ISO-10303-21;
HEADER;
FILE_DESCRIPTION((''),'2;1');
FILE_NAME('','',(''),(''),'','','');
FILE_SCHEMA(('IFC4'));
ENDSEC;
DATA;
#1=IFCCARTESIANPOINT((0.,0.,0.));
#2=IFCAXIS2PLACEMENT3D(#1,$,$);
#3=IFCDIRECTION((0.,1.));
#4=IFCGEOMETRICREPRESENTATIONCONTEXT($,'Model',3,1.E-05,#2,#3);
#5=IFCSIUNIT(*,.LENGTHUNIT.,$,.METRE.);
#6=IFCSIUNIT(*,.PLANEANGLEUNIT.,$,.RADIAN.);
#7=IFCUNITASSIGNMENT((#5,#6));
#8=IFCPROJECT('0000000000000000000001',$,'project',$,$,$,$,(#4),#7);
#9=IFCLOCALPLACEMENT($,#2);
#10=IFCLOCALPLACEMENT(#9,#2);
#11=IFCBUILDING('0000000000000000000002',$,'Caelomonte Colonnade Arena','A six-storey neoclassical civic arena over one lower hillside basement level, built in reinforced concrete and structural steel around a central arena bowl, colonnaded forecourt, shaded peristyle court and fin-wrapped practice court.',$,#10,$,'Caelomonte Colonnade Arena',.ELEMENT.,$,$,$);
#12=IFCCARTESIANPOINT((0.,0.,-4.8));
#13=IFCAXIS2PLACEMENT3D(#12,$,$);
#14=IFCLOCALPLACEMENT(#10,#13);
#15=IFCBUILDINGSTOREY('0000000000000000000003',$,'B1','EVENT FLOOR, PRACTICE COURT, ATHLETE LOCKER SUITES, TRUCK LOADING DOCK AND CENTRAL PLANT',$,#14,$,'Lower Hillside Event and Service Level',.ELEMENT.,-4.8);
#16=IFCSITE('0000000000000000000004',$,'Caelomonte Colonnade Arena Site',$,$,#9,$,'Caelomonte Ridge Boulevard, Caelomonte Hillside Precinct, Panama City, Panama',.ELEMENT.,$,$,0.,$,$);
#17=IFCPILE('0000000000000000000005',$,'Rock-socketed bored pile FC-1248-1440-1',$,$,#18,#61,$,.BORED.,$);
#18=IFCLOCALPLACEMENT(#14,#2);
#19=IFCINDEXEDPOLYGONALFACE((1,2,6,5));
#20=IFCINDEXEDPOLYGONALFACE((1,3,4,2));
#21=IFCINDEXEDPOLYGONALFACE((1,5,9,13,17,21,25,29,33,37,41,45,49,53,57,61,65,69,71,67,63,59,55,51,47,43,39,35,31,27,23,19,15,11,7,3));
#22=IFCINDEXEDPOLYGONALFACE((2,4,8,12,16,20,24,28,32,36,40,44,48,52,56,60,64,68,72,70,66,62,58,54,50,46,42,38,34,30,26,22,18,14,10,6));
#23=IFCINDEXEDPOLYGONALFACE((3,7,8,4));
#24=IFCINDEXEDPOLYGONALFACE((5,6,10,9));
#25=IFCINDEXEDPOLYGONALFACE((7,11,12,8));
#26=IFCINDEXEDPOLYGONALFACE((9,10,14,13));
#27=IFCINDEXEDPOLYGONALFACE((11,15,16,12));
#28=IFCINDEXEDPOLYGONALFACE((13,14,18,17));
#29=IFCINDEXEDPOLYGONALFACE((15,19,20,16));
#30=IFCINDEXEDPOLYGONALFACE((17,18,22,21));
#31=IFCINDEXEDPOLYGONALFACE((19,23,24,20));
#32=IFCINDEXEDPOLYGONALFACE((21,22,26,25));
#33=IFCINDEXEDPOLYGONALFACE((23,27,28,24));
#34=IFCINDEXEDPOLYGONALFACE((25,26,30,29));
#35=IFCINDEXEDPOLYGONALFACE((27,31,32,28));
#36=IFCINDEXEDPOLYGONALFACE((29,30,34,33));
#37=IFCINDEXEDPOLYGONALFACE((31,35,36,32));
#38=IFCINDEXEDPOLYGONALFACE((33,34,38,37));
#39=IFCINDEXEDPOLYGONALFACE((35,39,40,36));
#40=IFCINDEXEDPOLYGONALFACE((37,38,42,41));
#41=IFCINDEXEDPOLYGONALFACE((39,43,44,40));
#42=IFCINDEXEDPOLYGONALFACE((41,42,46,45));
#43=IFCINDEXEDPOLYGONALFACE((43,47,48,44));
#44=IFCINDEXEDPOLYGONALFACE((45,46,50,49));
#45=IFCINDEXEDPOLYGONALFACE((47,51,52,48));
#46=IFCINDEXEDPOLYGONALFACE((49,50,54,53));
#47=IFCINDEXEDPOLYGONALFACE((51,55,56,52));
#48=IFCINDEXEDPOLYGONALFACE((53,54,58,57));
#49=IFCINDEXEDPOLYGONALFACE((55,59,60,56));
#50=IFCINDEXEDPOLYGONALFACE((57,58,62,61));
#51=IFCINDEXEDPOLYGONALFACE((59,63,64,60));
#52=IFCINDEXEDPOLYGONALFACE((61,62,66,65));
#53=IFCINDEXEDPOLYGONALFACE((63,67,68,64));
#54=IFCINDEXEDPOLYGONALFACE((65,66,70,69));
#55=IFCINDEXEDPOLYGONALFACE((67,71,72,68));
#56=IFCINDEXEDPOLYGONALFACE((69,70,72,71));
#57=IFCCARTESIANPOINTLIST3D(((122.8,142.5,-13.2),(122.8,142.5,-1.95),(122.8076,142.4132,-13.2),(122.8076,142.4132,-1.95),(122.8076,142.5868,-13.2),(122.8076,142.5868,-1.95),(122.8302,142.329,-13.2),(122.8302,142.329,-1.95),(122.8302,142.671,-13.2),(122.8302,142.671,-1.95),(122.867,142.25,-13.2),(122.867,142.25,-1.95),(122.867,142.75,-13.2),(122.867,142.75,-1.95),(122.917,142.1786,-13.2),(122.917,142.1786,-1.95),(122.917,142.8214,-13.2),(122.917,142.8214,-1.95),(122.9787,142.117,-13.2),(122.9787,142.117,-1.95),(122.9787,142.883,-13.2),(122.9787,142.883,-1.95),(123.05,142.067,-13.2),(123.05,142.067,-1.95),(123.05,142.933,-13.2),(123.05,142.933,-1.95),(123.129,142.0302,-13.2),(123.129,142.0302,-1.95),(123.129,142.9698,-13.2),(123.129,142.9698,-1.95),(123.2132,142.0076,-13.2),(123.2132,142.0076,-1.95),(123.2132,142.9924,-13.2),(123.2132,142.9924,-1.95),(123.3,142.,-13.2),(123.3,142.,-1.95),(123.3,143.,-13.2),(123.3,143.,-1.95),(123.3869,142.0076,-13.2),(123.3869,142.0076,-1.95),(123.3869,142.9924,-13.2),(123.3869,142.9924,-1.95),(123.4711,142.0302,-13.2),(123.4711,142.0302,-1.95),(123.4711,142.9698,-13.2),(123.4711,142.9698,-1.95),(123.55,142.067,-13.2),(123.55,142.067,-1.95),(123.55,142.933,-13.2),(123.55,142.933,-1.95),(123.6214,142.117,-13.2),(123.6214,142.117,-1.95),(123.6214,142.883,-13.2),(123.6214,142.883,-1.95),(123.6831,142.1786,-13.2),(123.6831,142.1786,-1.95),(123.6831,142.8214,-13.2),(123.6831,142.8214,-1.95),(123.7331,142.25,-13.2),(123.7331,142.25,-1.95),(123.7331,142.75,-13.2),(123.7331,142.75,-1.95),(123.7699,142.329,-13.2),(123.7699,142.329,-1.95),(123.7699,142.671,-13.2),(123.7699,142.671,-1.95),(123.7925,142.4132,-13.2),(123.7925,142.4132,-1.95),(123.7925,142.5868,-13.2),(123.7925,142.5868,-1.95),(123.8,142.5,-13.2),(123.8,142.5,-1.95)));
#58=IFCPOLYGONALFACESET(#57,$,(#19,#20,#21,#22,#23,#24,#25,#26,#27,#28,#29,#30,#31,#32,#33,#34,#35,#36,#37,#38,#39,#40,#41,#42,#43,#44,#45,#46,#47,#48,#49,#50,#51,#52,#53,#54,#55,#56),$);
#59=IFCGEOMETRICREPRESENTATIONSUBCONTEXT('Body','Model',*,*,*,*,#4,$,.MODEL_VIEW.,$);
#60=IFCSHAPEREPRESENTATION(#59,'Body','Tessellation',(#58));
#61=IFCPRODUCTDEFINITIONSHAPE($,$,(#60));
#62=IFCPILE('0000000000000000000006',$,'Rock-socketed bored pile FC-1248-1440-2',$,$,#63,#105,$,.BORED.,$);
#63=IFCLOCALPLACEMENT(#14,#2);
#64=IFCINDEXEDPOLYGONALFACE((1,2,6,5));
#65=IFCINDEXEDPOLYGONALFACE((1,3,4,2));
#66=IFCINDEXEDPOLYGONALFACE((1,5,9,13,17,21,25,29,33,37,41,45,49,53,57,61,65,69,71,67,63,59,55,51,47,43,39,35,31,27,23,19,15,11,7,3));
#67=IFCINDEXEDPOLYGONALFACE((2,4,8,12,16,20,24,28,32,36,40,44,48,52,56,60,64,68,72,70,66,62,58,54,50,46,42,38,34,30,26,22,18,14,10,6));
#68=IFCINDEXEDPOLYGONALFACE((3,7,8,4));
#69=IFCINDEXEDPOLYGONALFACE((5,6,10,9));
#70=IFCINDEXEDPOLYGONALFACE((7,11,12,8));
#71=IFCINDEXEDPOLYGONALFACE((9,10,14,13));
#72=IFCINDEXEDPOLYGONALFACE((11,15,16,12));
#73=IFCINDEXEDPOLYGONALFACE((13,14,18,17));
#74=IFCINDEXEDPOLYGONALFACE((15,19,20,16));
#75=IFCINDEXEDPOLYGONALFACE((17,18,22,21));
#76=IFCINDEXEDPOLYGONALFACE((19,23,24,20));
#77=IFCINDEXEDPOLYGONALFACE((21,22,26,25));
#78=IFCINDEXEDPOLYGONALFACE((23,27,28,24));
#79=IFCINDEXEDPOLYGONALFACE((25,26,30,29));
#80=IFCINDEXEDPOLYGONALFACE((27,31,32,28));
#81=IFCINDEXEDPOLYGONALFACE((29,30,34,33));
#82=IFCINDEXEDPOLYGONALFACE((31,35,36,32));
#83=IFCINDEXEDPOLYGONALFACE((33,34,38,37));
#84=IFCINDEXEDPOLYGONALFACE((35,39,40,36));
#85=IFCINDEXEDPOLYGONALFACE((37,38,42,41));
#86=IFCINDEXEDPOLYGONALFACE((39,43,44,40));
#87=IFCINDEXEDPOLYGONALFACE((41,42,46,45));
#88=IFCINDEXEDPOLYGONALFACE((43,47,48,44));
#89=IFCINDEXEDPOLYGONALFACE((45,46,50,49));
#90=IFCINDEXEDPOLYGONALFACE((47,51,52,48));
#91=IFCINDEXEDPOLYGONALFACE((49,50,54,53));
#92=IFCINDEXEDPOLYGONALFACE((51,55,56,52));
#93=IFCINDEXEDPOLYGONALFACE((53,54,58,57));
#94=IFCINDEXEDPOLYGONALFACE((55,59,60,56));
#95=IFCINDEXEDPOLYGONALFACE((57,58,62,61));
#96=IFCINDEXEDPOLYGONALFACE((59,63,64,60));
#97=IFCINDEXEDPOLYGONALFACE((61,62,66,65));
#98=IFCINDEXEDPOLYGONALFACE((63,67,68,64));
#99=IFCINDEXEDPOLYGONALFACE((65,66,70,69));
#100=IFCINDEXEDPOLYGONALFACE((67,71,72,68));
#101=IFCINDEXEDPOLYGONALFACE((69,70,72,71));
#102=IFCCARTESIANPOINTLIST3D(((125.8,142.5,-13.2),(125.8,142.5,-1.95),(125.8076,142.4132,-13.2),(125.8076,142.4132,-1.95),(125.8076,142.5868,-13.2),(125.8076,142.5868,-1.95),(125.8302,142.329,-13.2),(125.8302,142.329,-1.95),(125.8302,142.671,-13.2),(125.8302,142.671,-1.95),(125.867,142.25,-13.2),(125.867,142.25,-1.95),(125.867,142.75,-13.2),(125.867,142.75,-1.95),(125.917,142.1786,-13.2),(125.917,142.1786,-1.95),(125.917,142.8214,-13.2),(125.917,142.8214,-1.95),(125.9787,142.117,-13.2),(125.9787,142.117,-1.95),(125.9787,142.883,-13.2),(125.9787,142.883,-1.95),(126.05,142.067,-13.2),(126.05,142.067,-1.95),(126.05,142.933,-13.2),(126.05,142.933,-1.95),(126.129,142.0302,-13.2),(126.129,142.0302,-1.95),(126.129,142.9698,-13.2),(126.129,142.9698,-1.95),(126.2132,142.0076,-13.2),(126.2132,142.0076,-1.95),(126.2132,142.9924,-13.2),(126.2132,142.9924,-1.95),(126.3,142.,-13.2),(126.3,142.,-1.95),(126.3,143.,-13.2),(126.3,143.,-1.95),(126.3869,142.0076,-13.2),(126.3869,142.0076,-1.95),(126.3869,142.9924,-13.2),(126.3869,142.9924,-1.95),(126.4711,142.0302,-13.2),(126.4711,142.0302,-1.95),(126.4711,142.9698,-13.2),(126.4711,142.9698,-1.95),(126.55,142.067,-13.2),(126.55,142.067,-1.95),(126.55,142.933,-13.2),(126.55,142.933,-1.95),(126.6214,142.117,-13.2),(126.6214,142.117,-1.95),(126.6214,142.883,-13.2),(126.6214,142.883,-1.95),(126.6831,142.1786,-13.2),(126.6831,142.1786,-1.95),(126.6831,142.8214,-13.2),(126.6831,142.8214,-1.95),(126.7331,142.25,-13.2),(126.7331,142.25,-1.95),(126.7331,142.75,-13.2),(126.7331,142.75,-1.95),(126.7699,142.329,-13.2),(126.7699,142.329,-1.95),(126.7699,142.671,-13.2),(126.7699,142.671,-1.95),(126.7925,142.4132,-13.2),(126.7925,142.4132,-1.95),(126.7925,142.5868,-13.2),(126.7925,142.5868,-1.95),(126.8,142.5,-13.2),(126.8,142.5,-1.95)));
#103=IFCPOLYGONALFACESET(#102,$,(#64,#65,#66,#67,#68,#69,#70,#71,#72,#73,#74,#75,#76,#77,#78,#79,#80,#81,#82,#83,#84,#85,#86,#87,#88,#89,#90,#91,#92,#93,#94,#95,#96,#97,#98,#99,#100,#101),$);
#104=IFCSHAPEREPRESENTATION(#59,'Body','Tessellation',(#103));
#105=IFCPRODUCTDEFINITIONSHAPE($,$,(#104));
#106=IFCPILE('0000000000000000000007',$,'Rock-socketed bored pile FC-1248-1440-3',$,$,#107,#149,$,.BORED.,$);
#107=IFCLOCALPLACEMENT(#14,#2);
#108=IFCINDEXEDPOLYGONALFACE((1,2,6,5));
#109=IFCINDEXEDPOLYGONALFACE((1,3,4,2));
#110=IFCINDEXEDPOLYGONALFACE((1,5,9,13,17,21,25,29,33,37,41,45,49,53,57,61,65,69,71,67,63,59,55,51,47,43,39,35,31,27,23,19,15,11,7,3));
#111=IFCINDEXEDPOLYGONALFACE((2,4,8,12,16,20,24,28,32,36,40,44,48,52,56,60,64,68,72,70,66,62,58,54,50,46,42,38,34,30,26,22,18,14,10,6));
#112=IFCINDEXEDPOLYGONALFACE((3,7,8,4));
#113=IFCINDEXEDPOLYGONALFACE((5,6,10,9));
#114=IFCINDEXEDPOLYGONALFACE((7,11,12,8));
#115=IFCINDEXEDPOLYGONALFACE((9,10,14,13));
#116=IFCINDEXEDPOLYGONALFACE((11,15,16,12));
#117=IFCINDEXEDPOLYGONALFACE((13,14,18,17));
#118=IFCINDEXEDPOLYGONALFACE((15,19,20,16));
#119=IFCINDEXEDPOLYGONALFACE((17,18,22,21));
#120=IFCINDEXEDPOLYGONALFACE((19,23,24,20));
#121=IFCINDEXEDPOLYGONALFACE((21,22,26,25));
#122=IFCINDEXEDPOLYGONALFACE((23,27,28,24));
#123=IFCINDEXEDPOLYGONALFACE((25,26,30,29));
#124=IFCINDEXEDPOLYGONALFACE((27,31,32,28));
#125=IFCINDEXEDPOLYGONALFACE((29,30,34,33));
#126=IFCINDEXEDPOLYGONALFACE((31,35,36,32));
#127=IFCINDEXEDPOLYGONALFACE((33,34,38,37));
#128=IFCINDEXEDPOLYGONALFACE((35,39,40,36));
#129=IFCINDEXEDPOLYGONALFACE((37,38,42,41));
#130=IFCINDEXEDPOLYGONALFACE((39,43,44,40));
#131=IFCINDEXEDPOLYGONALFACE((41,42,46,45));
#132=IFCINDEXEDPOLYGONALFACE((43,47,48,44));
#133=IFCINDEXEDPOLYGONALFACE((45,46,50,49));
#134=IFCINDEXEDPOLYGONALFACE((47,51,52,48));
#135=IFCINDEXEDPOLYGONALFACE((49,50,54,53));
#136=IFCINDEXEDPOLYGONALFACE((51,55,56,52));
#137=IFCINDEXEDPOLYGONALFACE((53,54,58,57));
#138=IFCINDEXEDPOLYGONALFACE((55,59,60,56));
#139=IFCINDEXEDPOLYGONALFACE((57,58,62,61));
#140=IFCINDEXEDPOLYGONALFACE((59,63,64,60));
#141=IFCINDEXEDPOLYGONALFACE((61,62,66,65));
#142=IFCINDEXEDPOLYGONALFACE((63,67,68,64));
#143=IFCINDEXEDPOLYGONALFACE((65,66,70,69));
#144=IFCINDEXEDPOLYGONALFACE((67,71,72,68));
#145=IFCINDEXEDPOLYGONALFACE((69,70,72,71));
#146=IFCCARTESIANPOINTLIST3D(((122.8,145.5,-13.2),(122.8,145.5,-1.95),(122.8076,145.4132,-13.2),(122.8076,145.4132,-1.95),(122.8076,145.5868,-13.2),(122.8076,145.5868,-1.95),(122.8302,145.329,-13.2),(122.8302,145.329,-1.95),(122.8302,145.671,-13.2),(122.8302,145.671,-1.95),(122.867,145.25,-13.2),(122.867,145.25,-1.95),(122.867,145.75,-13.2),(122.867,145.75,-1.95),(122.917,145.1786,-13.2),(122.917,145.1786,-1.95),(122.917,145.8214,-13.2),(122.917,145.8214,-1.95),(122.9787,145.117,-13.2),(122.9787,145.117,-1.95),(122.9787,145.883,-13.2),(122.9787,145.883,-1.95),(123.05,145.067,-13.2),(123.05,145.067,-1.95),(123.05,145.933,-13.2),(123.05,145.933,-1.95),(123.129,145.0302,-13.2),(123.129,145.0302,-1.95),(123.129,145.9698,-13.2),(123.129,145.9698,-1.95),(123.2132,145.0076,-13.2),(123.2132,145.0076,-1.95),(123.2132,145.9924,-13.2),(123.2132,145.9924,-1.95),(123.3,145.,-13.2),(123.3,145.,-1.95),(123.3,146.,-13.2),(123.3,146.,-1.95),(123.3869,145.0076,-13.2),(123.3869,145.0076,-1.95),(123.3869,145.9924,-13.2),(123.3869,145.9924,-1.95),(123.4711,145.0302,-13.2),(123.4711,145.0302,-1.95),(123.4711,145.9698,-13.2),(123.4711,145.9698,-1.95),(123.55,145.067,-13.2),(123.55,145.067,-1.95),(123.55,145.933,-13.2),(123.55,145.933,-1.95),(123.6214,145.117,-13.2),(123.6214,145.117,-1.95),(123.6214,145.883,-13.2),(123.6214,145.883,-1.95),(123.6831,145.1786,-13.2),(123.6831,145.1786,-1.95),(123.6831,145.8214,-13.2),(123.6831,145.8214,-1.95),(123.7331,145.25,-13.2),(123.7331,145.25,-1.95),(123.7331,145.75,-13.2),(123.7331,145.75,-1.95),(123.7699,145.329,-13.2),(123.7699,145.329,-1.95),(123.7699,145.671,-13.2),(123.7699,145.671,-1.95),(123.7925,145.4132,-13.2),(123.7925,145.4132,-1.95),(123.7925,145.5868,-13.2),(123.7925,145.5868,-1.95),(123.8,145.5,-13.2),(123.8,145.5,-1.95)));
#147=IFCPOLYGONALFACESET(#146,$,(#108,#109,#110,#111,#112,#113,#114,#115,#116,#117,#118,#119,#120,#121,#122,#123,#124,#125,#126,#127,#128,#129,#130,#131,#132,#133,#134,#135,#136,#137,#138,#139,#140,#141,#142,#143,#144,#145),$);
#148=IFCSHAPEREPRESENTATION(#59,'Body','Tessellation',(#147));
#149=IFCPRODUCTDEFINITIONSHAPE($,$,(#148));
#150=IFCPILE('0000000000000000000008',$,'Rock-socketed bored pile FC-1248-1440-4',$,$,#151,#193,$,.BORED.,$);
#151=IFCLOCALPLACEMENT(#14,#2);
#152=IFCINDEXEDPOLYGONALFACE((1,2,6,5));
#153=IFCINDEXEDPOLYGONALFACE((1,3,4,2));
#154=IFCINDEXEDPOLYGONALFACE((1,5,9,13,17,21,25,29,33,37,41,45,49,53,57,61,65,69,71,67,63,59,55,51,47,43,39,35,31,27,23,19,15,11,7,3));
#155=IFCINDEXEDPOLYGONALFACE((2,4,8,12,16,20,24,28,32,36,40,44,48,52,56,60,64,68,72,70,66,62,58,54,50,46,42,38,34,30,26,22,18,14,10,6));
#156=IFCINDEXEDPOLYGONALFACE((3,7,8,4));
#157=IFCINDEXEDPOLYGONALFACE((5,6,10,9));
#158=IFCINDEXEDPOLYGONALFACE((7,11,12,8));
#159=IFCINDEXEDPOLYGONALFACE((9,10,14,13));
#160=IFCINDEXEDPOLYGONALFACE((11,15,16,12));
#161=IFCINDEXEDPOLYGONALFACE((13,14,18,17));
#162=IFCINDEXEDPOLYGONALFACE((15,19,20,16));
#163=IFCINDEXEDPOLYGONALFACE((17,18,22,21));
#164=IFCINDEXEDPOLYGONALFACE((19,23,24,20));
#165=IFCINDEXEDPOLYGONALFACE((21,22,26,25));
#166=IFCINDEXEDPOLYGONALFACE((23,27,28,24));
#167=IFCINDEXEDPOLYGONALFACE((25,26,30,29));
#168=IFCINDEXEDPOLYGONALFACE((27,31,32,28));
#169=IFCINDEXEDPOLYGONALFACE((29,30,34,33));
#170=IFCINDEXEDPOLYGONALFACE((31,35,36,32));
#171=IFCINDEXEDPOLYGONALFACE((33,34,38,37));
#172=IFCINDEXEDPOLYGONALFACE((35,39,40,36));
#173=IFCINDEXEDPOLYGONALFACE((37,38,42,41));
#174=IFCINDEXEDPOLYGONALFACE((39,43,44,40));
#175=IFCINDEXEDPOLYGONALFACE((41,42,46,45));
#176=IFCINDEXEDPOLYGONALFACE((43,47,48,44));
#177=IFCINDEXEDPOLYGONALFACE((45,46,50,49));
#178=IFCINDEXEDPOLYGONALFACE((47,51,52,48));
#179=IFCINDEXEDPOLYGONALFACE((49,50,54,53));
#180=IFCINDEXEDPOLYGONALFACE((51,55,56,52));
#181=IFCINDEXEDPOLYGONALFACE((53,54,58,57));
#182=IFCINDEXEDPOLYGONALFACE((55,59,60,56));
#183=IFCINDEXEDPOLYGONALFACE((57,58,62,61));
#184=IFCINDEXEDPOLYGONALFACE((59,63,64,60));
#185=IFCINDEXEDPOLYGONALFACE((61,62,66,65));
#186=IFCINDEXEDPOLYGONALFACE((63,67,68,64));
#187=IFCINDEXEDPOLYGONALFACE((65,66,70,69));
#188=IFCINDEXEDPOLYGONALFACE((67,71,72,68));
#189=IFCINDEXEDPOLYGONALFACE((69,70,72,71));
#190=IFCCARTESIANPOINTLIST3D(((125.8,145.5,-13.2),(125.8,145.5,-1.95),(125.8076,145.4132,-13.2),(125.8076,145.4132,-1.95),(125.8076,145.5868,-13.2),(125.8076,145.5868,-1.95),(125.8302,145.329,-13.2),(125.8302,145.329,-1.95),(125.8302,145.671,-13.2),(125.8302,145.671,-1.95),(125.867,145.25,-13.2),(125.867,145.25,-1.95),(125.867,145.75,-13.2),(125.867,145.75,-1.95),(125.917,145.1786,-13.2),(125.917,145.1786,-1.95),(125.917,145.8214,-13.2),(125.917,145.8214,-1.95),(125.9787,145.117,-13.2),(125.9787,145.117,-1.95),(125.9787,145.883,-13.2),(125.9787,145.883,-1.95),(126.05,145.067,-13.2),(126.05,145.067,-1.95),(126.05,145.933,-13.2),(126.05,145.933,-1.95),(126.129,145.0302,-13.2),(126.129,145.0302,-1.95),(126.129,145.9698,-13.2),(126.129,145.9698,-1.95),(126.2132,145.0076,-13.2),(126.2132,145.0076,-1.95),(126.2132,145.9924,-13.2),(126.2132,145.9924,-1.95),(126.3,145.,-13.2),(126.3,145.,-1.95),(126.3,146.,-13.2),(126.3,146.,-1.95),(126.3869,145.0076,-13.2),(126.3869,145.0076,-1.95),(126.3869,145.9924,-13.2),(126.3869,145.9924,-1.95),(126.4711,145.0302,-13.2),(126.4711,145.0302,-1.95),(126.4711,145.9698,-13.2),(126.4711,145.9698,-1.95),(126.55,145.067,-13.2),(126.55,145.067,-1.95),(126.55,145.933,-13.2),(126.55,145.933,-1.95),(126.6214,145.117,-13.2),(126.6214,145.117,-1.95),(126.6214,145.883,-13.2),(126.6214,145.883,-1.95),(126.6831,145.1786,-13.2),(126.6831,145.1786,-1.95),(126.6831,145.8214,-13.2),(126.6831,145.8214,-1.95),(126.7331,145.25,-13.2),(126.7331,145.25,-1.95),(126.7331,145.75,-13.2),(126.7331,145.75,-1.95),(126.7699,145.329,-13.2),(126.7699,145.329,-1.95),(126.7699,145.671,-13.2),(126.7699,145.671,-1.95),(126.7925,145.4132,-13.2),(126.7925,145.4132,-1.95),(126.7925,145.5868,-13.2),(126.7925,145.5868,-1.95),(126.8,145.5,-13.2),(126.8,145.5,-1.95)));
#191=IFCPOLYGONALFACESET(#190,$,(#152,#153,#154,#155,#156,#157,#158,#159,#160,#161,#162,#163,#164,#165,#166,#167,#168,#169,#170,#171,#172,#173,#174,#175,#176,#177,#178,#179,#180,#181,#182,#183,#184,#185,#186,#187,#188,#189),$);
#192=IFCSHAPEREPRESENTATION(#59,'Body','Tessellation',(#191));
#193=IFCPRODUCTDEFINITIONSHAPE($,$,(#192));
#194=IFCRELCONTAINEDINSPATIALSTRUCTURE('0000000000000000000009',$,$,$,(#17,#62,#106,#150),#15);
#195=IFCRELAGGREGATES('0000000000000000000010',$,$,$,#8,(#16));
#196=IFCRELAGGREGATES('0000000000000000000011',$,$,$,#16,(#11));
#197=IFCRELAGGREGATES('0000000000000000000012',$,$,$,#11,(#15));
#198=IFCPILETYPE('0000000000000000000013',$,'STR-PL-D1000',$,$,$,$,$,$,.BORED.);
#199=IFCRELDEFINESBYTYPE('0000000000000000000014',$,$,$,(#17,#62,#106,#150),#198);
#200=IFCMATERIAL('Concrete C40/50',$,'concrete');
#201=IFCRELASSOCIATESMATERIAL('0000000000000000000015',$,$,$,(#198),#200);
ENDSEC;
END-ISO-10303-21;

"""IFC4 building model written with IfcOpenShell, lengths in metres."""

from ifc_helpers import new_model, si_unit, direction, frame, origin, origin_2d, place, context, subcontext, project, spatial, circle, extrude, material, material_profile, profile_set, type_object, element, save


model = new_model("IFC4")

# Units and contexts
model_context = context("Model", 3, precision=1e-05, world=origin(), true_north=direction((0.0, 1.0)))
body_context = subcontext(model_context, "Body", "Model", "MODEL_VIEW")
ifc_project = project(units=[si_unit("LENGTHUNIT", "METRE"), si_unit("PLANEANGLEUNIT", "RADIAN")], contexts=[model_context])

# Site, building, storey
site_placement = place(None, origin())
site = spatial("IfcSite", under=ifc_project, at=site_placement, Name="Caelomonte Colonnade Arena Site", LongName="Caelomonte Ridge Boulevard, Caelomonte Hillside Precinct, Panama City, Panama", CompositionType="ELEMENT", RefElevation=0.0)
building_placement = place(site_placement, origin())
building = spatial("IfcBuilding", under=site, at=building_placement, Name="Caelomonte Colonnade Arena", Description="A six-storey neoclassical civic arena over one lower hillside basement level, built in reinforced concrete and structural steel around a central arena bowl, colonnaded forecourt, shaded peristyle court and fin-wrapped practice court.", LongName="Caelomonte Colonnade Arena", CompositionType="ELEMENT")
storey_placement = place(building_placement, frame((0.0, 0.0, -4.8)))
storey = spatial("IfcBuildingStorey", under=building, at=storey_placement, Name="B1", Description="EVENT FLOOR, PRACTICE COURT, ATHLETE LOCKER SUITES, TRUCK LOADING DOCK AND CENTRAL PLANT", LongName="Lower Hillside Event and Service Level", CompositionType="ELEMENT", Elevation=-4.8)

# Shared definitions
ifc_material_1 = material(Name="Concrete C40/50", Category="concrete")

# Piles
ifc_material_profile_1 = material_profile(ifc_material_1, circle(Radius=0.5, at=origin_2d()), Name="PILE-D1000")
ifc_profile_set_1 = profile_set([ifc_material_profile_1], Name="Concrete C40/50")
pile_type_1 = type_object("IfcPileType", Name="STR-PL-D1000", PredefinedType="BORED", material=ifc_profile_set_1)
for number, where, z_axis, x_axis, name in (
    (1, (123.3, 142.5, -1.95), (0.0, 0.0, -1.0), (1.0, 0.0, 0.0), "Rock-socketed bored pile FC-1248-1440-1"),
    (2, (126.3, 142.5, -1.95), (0.0, 0.0, -1.0), (1.0, 0.0, 0.0), "Rock-socketed bored pile FC-1248-1440-2"),
    (3, (123.3, 145.5, -1.95), (0.0, 0.0, -1.0), (1.0, 0.0, 0.0), "Rock-socketed bored pile FC-1248-1440-3"),
    (4, (126.3, 145.5, -1.95), (0.0, 0.0, -1.0), (1.0, 0.0, 0.0), "Rock-socketed bored pile FC-1248-1440-4"),
):
    element("IfcPile", number, at=place(storey_placement, frame(where, z_axis=z_axis, x_axis=x_axis)), inside=storey, type_object=pile_type_1, Name=name, PredefinedType="BORED", context=body_context, shape_type="SweptSolid", body=[
        extrude(circle(Radius=0.5, at=origin_2d()), origin(), (0.0, 0.0, 1.0), 11.25),
    ])

save(model, "model.ifc")
